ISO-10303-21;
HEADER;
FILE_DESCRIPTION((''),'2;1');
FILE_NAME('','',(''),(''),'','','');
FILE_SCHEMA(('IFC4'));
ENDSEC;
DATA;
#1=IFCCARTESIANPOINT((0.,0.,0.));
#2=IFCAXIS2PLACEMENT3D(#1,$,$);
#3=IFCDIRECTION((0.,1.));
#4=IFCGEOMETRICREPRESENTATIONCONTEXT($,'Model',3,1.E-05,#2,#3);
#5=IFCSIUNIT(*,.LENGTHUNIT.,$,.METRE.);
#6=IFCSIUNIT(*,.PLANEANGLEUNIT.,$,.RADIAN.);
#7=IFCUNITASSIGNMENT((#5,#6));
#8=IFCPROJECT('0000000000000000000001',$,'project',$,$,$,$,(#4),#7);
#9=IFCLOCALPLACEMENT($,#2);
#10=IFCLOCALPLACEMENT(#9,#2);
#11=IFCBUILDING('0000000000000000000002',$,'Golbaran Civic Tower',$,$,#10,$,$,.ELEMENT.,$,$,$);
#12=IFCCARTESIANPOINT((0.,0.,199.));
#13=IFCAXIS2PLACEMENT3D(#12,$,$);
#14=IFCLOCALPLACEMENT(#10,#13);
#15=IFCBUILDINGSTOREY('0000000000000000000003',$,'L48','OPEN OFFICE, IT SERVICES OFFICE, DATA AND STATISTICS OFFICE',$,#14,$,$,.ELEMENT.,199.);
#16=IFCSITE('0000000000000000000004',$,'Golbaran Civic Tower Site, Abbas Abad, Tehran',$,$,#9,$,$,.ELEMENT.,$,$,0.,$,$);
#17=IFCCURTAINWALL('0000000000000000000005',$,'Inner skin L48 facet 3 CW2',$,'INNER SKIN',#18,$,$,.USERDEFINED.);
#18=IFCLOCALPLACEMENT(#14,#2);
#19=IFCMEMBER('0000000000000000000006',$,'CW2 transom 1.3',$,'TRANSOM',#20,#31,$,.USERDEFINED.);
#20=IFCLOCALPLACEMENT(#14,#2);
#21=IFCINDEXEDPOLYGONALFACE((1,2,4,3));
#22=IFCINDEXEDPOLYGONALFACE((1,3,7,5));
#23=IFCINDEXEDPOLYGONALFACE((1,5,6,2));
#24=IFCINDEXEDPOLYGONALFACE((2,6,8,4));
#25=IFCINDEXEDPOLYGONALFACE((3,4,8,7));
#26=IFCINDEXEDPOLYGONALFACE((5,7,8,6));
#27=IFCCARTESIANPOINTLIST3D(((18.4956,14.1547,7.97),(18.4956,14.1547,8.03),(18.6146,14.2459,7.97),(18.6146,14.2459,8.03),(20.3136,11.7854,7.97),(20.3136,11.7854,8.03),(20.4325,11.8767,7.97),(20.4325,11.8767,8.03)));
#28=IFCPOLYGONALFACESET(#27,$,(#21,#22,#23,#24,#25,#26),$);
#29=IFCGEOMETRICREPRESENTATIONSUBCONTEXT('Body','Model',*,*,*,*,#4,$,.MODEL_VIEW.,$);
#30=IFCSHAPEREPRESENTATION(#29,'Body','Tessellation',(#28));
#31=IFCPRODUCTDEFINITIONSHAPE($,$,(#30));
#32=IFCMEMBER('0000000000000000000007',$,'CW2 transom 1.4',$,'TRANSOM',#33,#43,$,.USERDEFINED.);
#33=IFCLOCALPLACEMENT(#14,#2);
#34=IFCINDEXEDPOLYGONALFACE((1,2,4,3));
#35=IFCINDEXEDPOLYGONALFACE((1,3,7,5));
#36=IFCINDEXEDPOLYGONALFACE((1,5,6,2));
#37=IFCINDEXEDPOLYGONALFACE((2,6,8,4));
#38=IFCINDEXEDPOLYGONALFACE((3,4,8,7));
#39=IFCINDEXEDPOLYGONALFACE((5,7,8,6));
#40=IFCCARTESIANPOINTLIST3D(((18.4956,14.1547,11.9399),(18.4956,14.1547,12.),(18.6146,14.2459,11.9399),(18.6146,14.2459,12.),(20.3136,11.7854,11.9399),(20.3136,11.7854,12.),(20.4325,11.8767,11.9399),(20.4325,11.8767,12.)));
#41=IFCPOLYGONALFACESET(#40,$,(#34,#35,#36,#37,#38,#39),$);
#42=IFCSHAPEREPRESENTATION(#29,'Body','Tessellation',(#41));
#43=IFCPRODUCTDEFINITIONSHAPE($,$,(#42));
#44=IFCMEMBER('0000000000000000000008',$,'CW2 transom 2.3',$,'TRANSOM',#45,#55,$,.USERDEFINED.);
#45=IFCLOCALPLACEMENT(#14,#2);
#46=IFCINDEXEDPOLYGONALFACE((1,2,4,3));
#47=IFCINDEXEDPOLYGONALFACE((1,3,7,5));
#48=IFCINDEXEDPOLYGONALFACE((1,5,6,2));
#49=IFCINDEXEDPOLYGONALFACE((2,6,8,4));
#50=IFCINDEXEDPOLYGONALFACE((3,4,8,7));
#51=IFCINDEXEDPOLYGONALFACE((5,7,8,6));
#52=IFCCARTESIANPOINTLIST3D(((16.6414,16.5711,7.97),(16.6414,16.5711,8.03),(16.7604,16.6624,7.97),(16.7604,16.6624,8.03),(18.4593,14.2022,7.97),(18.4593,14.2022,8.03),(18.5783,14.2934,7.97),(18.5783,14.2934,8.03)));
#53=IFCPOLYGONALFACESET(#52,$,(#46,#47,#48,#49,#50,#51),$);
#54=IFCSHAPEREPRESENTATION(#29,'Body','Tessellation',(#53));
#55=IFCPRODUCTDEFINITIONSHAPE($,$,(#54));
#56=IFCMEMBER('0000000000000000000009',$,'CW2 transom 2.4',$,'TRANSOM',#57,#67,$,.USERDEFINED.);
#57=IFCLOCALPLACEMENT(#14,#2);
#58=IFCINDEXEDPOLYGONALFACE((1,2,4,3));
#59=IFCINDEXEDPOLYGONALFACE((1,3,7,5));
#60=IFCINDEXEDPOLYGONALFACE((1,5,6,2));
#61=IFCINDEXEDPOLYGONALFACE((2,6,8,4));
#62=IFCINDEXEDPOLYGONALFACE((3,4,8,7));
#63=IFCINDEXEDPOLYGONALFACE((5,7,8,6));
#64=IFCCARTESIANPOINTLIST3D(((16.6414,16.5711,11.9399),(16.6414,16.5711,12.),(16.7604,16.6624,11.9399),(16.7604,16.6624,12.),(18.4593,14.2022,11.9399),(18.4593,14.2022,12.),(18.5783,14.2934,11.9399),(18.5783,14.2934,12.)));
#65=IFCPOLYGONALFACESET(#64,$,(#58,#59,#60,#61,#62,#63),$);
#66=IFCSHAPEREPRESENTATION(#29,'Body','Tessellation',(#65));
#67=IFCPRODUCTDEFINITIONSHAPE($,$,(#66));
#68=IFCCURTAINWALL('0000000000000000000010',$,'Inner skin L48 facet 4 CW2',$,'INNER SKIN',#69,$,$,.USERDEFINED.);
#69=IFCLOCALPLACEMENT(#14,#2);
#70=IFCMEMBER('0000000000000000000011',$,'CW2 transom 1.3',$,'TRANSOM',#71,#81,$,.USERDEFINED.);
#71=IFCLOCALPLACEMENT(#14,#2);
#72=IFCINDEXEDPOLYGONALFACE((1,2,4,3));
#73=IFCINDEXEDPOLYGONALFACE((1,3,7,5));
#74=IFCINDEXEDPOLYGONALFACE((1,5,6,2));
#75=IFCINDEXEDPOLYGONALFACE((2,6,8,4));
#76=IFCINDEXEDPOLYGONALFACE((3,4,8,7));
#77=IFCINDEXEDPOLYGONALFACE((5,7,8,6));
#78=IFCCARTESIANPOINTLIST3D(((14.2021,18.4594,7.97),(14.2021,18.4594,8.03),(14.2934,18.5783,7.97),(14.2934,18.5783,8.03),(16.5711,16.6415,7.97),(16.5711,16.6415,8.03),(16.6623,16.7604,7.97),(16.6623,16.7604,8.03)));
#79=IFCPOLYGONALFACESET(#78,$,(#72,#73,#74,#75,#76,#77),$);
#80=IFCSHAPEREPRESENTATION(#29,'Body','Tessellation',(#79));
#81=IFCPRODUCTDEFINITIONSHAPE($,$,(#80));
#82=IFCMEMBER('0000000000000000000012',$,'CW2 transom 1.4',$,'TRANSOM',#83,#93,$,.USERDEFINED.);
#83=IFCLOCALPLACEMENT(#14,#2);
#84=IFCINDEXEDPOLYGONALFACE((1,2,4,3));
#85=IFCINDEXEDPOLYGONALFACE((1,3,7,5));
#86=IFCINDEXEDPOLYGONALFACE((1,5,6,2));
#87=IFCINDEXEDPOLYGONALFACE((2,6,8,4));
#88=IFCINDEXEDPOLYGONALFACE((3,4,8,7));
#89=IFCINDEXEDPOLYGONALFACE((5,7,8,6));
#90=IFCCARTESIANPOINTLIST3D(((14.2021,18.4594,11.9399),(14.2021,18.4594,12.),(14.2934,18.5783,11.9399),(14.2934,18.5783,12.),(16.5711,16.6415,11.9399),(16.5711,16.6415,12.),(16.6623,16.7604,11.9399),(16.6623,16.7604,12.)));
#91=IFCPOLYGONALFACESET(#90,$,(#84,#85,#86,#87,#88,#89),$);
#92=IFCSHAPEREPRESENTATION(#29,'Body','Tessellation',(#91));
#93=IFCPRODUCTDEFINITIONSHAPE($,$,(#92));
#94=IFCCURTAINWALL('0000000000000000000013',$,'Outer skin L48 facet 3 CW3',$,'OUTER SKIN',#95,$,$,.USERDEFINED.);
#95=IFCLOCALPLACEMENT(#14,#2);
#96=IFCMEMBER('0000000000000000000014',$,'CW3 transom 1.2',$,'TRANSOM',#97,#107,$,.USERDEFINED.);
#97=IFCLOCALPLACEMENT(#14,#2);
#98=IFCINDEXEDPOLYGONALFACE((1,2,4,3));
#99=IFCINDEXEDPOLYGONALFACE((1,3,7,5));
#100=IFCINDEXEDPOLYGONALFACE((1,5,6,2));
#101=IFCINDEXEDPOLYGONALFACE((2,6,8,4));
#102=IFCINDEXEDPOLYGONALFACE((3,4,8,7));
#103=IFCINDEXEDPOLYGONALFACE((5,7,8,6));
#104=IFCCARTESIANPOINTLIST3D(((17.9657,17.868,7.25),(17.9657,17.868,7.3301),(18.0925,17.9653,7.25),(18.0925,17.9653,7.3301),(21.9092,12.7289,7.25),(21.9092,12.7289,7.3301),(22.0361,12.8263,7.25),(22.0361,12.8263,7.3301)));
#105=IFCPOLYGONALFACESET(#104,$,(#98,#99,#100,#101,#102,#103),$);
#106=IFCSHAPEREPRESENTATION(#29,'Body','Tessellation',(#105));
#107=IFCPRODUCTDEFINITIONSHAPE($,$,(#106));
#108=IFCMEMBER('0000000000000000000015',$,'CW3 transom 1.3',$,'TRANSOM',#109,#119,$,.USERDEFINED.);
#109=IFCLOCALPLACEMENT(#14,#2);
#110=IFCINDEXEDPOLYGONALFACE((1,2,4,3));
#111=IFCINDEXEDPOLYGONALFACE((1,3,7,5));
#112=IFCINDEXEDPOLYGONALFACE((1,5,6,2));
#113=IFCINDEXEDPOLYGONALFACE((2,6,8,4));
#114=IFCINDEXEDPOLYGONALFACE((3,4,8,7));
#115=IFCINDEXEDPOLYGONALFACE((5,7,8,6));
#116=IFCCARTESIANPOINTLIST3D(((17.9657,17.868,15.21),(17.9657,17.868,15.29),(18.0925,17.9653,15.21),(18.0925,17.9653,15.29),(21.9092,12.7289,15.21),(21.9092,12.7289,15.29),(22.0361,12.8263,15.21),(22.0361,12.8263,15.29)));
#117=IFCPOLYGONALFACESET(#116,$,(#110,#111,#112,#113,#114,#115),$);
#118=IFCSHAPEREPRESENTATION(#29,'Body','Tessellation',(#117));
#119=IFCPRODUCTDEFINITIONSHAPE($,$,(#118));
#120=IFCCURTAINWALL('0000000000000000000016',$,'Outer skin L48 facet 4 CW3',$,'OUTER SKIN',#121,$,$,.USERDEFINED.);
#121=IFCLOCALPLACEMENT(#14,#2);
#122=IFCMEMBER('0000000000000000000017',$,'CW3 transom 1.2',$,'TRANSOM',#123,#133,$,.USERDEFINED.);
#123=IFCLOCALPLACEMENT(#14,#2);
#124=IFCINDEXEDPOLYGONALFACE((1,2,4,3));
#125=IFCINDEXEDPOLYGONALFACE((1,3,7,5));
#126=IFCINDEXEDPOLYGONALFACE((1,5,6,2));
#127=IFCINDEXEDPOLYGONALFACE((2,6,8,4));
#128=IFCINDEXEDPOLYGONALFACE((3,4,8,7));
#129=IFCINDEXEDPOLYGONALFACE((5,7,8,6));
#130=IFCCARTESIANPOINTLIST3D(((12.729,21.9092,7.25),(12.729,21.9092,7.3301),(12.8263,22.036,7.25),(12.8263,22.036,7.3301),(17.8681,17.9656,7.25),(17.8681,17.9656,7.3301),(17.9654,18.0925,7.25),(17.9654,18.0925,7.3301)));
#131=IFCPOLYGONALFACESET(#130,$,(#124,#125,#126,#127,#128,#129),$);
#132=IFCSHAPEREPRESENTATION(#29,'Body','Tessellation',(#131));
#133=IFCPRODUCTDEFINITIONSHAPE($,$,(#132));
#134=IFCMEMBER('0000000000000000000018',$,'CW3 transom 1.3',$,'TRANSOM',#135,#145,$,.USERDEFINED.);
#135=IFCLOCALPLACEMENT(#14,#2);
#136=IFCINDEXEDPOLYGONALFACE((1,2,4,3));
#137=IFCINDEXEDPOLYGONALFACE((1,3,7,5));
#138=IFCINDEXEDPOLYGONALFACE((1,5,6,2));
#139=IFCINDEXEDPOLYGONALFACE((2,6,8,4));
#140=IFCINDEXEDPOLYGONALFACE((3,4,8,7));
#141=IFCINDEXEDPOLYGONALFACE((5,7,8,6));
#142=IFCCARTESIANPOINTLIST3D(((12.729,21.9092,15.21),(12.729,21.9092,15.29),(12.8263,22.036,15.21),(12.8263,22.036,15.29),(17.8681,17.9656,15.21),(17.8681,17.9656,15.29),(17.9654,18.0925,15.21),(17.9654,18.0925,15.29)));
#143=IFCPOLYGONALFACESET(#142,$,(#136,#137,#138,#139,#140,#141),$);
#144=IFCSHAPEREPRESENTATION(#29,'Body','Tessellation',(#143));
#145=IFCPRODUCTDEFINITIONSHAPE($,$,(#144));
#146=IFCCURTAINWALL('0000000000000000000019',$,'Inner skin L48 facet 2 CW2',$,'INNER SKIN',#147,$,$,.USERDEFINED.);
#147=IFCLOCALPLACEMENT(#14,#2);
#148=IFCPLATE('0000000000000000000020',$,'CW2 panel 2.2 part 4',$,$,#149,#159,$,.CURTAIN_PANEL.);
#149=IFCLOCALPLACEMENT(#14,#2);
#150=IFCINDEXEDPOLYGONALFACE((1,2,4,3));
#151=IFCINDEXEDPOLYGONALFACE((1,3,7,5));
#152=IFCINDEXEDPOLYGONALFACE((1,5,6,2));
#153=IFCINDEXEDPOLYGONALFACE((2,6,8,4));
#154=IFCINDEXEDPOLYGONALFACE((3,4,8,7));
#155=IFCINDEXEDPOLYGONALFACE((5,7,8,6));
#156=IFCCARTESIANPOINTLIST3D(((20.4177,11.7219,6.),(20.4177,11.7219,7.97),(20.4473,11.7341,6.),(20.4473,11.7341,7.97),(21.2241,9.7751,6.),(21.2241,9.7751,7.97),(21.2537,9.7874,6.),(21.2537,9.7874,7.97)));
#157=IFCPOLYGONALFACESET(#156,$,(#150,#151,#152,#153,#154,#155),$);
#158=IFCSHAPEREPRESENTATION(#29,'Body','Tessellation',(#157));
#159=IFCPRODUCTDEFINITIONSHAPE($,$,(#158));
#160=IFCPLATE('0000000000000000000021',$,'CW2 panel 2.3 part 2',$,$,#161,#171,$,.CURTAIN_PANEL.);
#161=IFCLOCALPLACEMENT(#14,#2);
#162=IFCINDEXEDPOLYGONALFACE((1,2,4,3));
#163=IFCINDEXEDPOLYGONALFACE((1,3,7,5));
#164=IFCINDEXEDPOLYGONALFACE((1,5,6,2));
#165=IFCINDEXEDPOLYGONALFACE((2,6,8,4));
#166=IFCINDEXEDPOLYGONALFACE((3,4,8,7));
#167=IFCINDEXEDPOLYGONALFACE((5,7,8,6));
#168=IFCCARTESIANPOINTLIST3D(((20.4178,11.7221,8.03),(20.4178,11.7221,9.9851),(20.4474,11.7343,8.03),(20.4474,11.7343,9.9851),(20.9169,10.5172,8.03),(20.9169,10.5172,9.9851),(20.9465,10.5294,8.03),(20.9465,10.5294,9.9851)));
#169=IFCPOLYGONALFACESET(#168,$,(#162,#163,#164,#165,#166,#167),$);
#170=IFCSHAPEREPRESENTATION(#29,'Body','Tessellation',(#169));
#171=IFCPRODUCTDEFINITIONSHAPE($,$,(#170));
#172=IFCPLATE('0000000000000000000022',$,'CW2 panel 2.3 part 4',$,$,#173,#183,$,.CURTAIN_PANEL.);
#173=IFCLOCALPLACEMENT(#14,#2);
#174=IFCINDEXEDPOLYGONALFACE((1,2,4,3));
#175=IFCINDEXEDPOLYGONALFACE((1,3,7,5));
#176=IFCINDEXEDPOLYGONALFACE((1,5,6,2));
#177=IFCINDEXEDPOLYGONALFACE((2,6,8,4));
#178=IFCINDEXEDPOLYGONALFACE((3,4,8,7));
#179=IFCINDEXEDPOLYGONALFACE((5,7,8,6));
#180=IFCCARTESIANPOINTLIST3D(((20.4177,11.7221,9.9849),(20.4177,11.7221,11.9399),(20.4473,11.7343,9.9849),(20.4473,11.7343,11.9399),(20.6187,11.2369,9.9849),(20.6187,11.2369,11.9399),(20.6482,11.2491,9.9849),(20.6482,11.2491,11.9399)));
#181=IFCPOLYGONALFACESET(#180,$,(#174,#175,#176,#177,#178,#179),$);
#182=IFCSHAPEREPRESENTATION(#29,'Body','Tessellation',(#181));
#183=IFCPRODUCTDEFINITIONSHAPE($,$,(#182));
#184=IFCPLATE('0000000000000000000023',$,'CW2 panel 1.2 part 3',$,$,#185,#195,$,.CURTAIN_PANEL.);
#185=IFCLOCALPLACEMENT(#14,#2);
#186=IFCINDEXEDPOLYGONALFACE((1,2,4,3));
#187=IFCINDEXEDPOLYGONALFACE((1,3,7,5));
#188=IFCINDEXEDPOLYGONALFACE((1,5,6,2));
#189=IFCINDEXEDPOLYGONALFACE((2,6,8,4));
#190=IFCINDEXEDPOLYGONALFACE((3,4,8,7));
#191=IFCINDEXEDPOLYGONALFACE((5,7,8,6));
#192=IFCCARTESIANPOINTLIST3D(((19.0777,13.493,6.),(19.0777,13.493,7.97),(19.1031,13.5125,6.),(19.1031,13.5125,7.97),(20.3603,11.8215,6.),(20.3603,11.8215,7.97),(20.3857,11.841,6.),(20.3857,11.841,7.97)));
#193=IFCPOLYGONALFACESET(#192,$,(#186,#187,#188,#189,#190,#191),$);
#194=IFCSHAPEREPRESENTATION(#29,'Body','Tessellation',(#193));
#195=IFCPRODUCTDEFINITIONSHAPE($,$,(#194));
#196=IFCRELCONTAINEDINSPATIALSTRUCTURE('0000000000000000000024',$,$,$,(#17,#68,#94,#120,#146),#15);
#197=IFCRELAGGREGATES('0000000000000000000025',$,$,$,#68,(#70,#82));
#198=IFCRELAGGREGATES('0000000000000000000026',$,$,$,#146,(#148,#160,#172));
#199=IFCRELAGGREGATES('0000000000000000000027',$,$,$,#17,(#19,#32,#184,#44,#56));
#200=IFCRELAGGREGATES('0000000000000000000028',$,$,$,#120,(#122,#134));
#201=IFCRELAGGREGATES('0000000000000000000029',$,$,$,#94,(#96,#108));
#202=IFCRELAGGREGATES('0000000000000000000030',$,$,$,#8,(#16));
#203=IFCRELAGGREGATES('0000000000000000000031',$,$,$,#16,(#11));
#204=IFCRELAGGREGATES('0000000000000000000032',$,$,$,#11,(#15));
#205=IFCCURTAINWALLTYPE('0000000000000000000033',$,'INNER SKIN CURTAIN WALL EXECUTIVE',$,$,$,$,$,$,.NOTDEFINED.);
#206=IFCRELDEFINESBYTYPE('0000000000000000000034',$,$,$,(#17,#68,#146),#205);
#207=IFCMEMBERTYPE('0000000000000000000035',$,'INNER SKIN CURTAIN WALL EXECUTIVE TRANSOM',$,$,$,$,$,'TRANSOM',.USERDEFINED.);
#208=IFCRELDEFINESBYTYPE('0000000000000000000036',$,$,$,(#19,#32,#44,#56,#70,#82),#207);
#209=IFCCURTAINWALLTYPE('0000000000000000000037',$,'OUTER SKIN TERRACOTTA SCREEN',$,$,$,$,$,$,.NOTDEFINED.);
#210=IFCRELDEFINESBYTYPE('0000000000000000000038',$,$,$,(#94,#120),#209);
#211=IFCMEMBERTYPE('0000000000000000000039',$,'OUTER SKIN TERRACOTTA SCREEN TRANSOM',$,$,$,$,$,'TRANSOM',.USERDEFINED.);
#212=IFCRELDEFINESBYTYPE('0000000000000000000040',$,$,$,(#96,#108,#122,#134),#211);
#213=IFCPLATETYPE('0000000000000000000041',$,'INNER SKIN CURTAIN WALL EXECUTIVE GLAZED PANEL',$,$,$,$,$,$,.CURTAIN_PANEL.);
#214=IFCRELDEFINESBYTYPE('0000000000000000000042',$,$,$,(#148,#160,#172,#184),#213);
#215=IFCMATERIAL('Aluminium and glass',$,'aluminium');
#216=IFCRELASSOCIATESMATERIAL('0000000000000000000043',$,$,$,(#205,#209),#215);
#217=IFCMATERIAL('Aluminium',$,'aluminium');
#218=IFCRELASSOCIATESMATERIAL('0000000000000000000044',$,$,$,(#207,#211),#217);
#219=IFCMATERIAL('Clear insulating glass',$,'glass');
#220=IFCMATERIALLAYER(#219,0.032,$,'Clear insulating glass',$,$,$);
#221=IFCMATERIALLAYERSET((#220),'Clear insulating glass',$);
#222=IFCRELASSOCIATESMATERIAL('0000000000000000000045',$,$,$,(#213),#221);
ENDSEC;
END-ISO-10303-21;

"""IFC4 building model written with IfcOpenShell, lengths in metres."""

from ifc_helpers import new_model, si_unit, direction, frame, origin, origin_2d, place, context, subcontext, project, spatial, rectangle, extrude, material, layer, layer_set, material_profile, profile_set, type_object, element, aggregate, save


model = new_model("IFC4")

# Units and contexts
model_context = context("Model", 3, precision=1e-05, world=origin(), true_north=direction((0.0, 1.0)))
body_context = subcontext(model_context, "Body", "Model", "MODEL_VIEW")
ifc_project = project(units=[si_unit("LENGTHUNIT", "METRE"), si_unit("PLANEANGLEUNIT", "RADIAN")], contexts=[model_context])

# Site, building, storey
site_placement = place(None, origin())
site = spatial("IfcSite", under=ifc_project, at=site_placement, Name="Golbaran Civic Tower Site, Abbas Abad, Tehran", CompositionType="ELEMENT", RefElevation=0.0)
building_placement = place(site_placement, origin())
building = spatial("IfcBuilding", under=site, at=building_placement, Name="Golbaran Civic Tower", CompositionType="ELEMENT")
storey_placement = place(building_placement, frame((0.0, 0.0, 199.0)))
storey = spatial("IfcBuildingStorey", under=building, at=storey_placement, Name="L48", Description="OPEN OFFICE, IT SERVICES OFFICE, DATA AND STATISTICS OFFICE", CompositionType="ELEMENT", Elevation=199.0)

# Curtain walls, members
ifc_material_1 = material(Name="Aluminium and glass", Category="aluminium")
curtain_wall_type_1 = type_object("IfcCurtainWallType", Name="INNER SKIN CURTAIN WALL EXECUTIVE", PredefinedType="NOTDEFINED", material=ifc_material_1)
curtain_wall_1_placement = place(storey_placement, origin())
curtain_wall_1 = element("IfcCurtainWall", 1, at=curtain_wall_1_placement, inside=storey, type_object=curtain_wall_type_1, Name="Inner skin L48 facet 3 CW2", ObjectType="INNER SKIN", PredefinedType="USERDEFINED")
ifc_material_2 = material(Name="Aluminium", Category="aluminium")
ifc_material_profile_1 = material_profile(ifc_material_2, rectangle(XDim=0.1499, YDim=0.0601, at=origin_2d()), Name="INNER SKIN CURTAIN WALL EXECUTIVE TRANSOM")
ifc_profile_set_1 = profile_set([ifc_material_profile_1], Name="Aluminium")
member_type_1 = type_object("IfcMemberType", Name="INNER SKIN CURTAIN WALL EXECUTIVE TRANSOM", ElementType="TRANSOM", PredefinedType="USERDEFINED", material=ifc_profile_set_1)
member_1_placement = place(storey_placement, frame((20.373, 11.8311, 8.0), z_axis=(-0.608754, 0.793359, 0.0), x_axis=(-0.793359, -0.608754, 0.0)))
member_1 = element("IfcMember", 2, at=member_1_placement, type_object=member_type_1, Name="CW2 transom 1.3", ObjectType="TRANSOM", PredefinedType="USERDEFINED", context=body_context, shape_type="SweptSolid", body=[
    extrude(rectangle(XDim=0.1499, YDim=0.0601, at=origin_2d()), origin(), (0.0, 0.0, 1.0), 2.9863),
])
member_2_placement = place(storey_placement, frame((20.373, 11.8311, 11.97), z_axis=(-0.608754, 0.793359, 0.0), x_axis=(-0.793359, -0.608754, 0.0)))
member_2 = element("IfcMember", 3, at=member_2_placement, type_object=member_type_1, Name="CW2 transom 1.4", ObjectType="TRANSOM", PredefinedType="USERDEFINED", context=body_context, shape_type="SweptSolid", body=[
    extrude(rectangle(XDim=0.1499, YDim=0.0601, at=origin_2d()), origin(), (0.0, 0.0, 1.0), 2.9863),
])
member_3_placement = place(storey_placement, frame((18.5188, 14.2478, 8.0), z_axis=(-0.608794, 0.793329, 0.0), x_axis=(-0.793329, -0.608794, 0.0)))
member_3 = element("IfcMember", 4, at=member_3_placement, type_object=member_type_1, Name="CW2 transom 2.3", ObjectType="TRANSOM", PredefinedType="USERDEFINED", context=body_context, shape_type="SweptSolid", body=[
    extrude(rectangle(XDim=0.1499, YDim=0.0601, at=origin_2d()), origin(), (0.0, 0.0, 1.0), 2.9861),
])
member_4_placement = place(storey_placement, frame((18.5188, 14.2478, 11.97), z_axis=(-0.608794, 0.793329, 0.0), x_axis=(-0.793329, -0.608794, 0.0)))
member_4 = element("IfcMember", 5, at=member_4_placement, type_object=member_type_1, Name="CW2 transom 2.4", ObjectType="TRANSOM", PredefinedType="USERDEFINED", context=body_context, shape_type="SweptSolid", body=[
    extrude(rectangle(XDim=0.1499, YDim=0.0601, at=origin_2d()), origin(), (0.0, 0.0, 1.0), 2.9861),
])
curtain_wall_2_placement = place(storey_placement, origin())
curtain_wall_2 = element("IfcCurtainWall", 6, at=curtain_wall_2_placement, inside=storey, type_object=curtain_wall_type_1, Name="Inner skin L48 facet 4 CW2", ObjectType="INNER SKIN", PredefinedType="USERDEFINED")
member_5_placement = place(storey_placement, frame((16.6167, 16.7009, 8.0), z_axis=(-0.793329, 0.608794, 0.0), x_axis=(-0.608794, -0.793329, 0.0)))
member_5 = element("IfcMember", 7, at=member_5_placement, type_object=member_type_1, Name="CW2 transom 1.3", ObjectType="TRANSOM", PredefinedType="USERDEFINED", context=body_context, shape_type="SweptSolid", body=[
    extrude(rectangle(XDim=0.1499, YDim=0.0601, at=origin_2d()), origin(), (0.0, 0.0, 1.0), 2.9861),
])
member_6_placement = place(storey_placement, frame((16.6167, 16.7009, 11.97), z_axis=(-0.793329, 0.608794, 0.0), x_axis=(-0.608794, -0.793329, 0.0)))
member_6 = element("IfcMember", 8, at=member_6_placement, type_object=member_type_1, Name="CW2 transom 1.4", ObjectType="TRANSOM", PredefinedType="USERDEFINED", context=body_context, shape_type="SweptSolid", body=[
    extrude(rectangle(XDim=0.1499, YDim=0.0601, at=origin_2d()), origin(), (0.0, 0.0, 1.0), 2.9861),
])
curtain_wall_type_2 = type_object("IfcCurtainWallType", Name="OUTER SKIN TERRACOTTA SCREEN", PredefinedType="NOTDEFINED", material=ifc_material_1)
curtain_wall_3_placement = place(storey_placement, origin())
curtain_wall_3 = element("IfcCurtainWall", 9, at=curtain_wall_3_placement, inside=storey, type_object=curtain_wall_type_2, Name="Outer skin L48 facet 3 CW3", ObjectType="OUTER SKIN", PredefinedType="USERDEFINED")
ifc_material_profile_2 = material_profile(ifc_material_2, rectangle(XDim=0.1599, YDim=0.0801, at=origin_2d()), Name="OUTER SKIN TERRACOTTA SCREEN TRANSOM")
ifc_profile_set_2 = profile_set([ifc_material_profile_2], Name="Aluminium")
member_type_2 = type_object("IfcMemberType", Name="OUTER SKIN TERRACOTTA SCREEN TRANSOM", ElementType="TRANSOM", PredefinedType="USERDEFINED", material=ifc_profile_set_2)
member_7_placement = place(storey_placement, frame((21.9727, 12.7776, 7.29), z_axis=(-0.60878, 0.793339, 0.0), x_axis=(-0.793339, -0.60878, 0.0)))
member_7 = element("IfcMember", 10, at=member_7_placement, type_object=member_type_2, Name="CW3 transom 1.2", ObjectType="TRANSOM", PredefinedType="USERDEFINED", context=body_context, shape_type="SweptSolid", body=[
    extrude(rectangle(XDim=0.1599, YDim=0.0801, at=origin_2d()), origin(), (0.0, 0.0, 1.0), 6.4778),
])
member_8_placement = place(storey_placement, frame((21.9727, 12.7776, 15.25), z_axis=(-0.60878, 0.793339, 0.0), x_axis=(-0.793339, -0.60878, 0.0)))
member_8 = element("IfcMember", 11, at=member_8_placement, type_object=member_type_2, Name="CW3 transom 1.3", ObjectType="TRANSOM", PredefinedType="USERDEFINED", context=body_context, shape_type="SweptSolid", body=[
    extrude(rectangle(XDim=0.1599, YDim=0.0801, at=origin_2d()), origin(), (0.0, 0.0, 1.0), 6.4778),
])
curtain_wall_4_placement = place(storey_placement, origin())
curtain_wall_4 = element("IfcCurtainWall", 12, at=curtain_wall_4_placement, inside=storey, type_object=curtain_wall_type_2, Name="Outer skin L48 facet 4 CW3", ObjectType="OUTER SKIN", PredefinedType="USERDEFINED")
member_9_placement = place(storey_placement, frame((17.9167, 18.0291, 7.29), z_axis=(-0.793339, 0.60878, 0.0), x_axis=(-0.60878, -0.793339, 0.0)))
member_9 = element("IfcMember", 13, at=member_9_placement, type_object=member_type_2, Name="CW3 transom 1.2", ObjectType="TRANSOM", PredefinedType="USERDEFINED", context=body_context, shape_type="SweptSolid", body=[
    extrude(rectangle(XDim=0.1599, YDim=0.0801, at=origin_2d()), origin(), (0.0, 0.0, 1.0), 6.4778),
])
member_10_placement = place(storey_placement, frame((17.9167, 18.0291, 15.25), z_axis=(-0.793339, 0.60878, 0.0), x_axis=(-0.60878, -0.793339, 0.0)))
member_10 = element("IfcMember", 14, at=member_10_placement, type_object=member_type_2, Name="CW3 transom 1.3", ObjectType="TRANSOM", PredefinedType="USERDEFINED", context=body_context, shape_type="SweptSolid", body=[
    extrude(rectangle(XDim=0.1599, YDim=0.0801, at=origin_2d()), origin(), (0.0, 0.0, 1.0), 6.4778),
])

# Curtain wall, plates
curtain_wall_5_placement = place(storey_placement, origin())
curtain_wall_5 = element("IfcCurtainWall", 15, at=curtain_wall_5_placement, inside=storey, type_object=curtain_wall_type_1, Name="Inner skin L48 facet 2 CW2", ObjectType="INNER SKIN", PredefinedType="USERDEFINED")
ifc_material_3 = material(Name="Clear insulating glass", Category="glass")
ifc_layer_1 = layer(ifc_material_3, 0.032, Name="Clear insulating glass")
ifc_layer_set_1 = layer_set([ifc_layer_1], Name="Clear insulating glass")
plate_type_1 = type_object("IfcPlateType", Name="INNER SKIN CURTAIN WALL EXECUTIVE GLAZED PANEL", PredefinedType="CURTAIN_PANEL", material=ifc_layer_set_1)
plate_1_placement = place(storey_placement, frame((20.8357, 10.7546, 6.0), z_axis=(0.0, 0.0, 1.0), x_axis=(-0.382683, 0.92388, 0.0)))
plate_1 = element("IfcPlate", 16, at=plate_1_placement, type_object=plate_type_1, Name="CW2 panel 2.2 part 4", PredefinedType="CURTAIN_PANEL", context=body_context, shape_type="SweptSolid", body=[
    extrude(rectangle(XDim=2.1072, YDim=0.032, at=origin_2d()), origin(), (0.0, 0.0, 1.0), 1.97),
])
plate_2_placement = place(storey_placement, frame((20.6821, 11.1257, 8.03), z_axis=(0.0, 0.0, 1.0), x_axis=(-0.382683, 0.92388, 0.0)))
plate_2 = element("IfcPlate", 17, at=plate_2_placement, type_object=plate_type_1, Name="CW2 panel 2.3 part 2", PredefinedType="CURTAIN_PANEL", context=body_context, shape_type="SweptSolid", body=[
    extrude(rectangle(XDim=1.3042, YDim=0.032, at=origin_2d()), origin(), (0.0, 0.0, 1.0), 1.9551),
])
plate_3_placement = place(storey_placement, frame((20.533, 11.4856, 9.9849), z_axis=(0.0, 0.0, 1.0), x_axis=(-0.382683, 0.92388, 0.0)))
plate_3 = element("IfcPlate", 18, at=plate_3_placement, type_object=plate_type_1, Name="CW2 panel 2.3 part 4", PredefinedType="CURTAIN_PANEL", context=body_context, shape_type="SweptSolid", body=[
    extrude(rectangle(XDim=0.5251, YDim=0.032, at=origin_2d()), origin(), (0.0, 0.0, 1.0), 1.9551),
])

# Plate
plate_4_placement = place(storey_placement, frame((19.7317, 12.667, 6.0), z_axis=(0.0, 0.0, 1.0), x_axis=(-0.608761, 0.793353, 0.0)))
plate_4 = element("IfcPlate", 19, at=plate_4_placement, type_object=plate_type_1, Name="CW2 panel 1.2 part 3", PredefinedType="CURTAIN_PANEL", context=body_context, shape_type="SweptSolid", body=[
    extrude(rectangle(XDim=2.1069, YDim=0.032, at=origin_2d()), origin(), (0.0, 0.0, 1.0), 1.97),
])
aggregate(curtain_wall_2, [member_5, member_6])
aggregate(curtain_wall_5, [plate_1, plate_2, plate_3])
aggregate(curtain_wall_1, [member_1, member_2, plate_4, member_3, member_4])

aggregate(curtain_wall_4, [member_9, member_10])
aggregate(curtain_wall_3, [member_7, member_8])

save(model, "model.ifc")
